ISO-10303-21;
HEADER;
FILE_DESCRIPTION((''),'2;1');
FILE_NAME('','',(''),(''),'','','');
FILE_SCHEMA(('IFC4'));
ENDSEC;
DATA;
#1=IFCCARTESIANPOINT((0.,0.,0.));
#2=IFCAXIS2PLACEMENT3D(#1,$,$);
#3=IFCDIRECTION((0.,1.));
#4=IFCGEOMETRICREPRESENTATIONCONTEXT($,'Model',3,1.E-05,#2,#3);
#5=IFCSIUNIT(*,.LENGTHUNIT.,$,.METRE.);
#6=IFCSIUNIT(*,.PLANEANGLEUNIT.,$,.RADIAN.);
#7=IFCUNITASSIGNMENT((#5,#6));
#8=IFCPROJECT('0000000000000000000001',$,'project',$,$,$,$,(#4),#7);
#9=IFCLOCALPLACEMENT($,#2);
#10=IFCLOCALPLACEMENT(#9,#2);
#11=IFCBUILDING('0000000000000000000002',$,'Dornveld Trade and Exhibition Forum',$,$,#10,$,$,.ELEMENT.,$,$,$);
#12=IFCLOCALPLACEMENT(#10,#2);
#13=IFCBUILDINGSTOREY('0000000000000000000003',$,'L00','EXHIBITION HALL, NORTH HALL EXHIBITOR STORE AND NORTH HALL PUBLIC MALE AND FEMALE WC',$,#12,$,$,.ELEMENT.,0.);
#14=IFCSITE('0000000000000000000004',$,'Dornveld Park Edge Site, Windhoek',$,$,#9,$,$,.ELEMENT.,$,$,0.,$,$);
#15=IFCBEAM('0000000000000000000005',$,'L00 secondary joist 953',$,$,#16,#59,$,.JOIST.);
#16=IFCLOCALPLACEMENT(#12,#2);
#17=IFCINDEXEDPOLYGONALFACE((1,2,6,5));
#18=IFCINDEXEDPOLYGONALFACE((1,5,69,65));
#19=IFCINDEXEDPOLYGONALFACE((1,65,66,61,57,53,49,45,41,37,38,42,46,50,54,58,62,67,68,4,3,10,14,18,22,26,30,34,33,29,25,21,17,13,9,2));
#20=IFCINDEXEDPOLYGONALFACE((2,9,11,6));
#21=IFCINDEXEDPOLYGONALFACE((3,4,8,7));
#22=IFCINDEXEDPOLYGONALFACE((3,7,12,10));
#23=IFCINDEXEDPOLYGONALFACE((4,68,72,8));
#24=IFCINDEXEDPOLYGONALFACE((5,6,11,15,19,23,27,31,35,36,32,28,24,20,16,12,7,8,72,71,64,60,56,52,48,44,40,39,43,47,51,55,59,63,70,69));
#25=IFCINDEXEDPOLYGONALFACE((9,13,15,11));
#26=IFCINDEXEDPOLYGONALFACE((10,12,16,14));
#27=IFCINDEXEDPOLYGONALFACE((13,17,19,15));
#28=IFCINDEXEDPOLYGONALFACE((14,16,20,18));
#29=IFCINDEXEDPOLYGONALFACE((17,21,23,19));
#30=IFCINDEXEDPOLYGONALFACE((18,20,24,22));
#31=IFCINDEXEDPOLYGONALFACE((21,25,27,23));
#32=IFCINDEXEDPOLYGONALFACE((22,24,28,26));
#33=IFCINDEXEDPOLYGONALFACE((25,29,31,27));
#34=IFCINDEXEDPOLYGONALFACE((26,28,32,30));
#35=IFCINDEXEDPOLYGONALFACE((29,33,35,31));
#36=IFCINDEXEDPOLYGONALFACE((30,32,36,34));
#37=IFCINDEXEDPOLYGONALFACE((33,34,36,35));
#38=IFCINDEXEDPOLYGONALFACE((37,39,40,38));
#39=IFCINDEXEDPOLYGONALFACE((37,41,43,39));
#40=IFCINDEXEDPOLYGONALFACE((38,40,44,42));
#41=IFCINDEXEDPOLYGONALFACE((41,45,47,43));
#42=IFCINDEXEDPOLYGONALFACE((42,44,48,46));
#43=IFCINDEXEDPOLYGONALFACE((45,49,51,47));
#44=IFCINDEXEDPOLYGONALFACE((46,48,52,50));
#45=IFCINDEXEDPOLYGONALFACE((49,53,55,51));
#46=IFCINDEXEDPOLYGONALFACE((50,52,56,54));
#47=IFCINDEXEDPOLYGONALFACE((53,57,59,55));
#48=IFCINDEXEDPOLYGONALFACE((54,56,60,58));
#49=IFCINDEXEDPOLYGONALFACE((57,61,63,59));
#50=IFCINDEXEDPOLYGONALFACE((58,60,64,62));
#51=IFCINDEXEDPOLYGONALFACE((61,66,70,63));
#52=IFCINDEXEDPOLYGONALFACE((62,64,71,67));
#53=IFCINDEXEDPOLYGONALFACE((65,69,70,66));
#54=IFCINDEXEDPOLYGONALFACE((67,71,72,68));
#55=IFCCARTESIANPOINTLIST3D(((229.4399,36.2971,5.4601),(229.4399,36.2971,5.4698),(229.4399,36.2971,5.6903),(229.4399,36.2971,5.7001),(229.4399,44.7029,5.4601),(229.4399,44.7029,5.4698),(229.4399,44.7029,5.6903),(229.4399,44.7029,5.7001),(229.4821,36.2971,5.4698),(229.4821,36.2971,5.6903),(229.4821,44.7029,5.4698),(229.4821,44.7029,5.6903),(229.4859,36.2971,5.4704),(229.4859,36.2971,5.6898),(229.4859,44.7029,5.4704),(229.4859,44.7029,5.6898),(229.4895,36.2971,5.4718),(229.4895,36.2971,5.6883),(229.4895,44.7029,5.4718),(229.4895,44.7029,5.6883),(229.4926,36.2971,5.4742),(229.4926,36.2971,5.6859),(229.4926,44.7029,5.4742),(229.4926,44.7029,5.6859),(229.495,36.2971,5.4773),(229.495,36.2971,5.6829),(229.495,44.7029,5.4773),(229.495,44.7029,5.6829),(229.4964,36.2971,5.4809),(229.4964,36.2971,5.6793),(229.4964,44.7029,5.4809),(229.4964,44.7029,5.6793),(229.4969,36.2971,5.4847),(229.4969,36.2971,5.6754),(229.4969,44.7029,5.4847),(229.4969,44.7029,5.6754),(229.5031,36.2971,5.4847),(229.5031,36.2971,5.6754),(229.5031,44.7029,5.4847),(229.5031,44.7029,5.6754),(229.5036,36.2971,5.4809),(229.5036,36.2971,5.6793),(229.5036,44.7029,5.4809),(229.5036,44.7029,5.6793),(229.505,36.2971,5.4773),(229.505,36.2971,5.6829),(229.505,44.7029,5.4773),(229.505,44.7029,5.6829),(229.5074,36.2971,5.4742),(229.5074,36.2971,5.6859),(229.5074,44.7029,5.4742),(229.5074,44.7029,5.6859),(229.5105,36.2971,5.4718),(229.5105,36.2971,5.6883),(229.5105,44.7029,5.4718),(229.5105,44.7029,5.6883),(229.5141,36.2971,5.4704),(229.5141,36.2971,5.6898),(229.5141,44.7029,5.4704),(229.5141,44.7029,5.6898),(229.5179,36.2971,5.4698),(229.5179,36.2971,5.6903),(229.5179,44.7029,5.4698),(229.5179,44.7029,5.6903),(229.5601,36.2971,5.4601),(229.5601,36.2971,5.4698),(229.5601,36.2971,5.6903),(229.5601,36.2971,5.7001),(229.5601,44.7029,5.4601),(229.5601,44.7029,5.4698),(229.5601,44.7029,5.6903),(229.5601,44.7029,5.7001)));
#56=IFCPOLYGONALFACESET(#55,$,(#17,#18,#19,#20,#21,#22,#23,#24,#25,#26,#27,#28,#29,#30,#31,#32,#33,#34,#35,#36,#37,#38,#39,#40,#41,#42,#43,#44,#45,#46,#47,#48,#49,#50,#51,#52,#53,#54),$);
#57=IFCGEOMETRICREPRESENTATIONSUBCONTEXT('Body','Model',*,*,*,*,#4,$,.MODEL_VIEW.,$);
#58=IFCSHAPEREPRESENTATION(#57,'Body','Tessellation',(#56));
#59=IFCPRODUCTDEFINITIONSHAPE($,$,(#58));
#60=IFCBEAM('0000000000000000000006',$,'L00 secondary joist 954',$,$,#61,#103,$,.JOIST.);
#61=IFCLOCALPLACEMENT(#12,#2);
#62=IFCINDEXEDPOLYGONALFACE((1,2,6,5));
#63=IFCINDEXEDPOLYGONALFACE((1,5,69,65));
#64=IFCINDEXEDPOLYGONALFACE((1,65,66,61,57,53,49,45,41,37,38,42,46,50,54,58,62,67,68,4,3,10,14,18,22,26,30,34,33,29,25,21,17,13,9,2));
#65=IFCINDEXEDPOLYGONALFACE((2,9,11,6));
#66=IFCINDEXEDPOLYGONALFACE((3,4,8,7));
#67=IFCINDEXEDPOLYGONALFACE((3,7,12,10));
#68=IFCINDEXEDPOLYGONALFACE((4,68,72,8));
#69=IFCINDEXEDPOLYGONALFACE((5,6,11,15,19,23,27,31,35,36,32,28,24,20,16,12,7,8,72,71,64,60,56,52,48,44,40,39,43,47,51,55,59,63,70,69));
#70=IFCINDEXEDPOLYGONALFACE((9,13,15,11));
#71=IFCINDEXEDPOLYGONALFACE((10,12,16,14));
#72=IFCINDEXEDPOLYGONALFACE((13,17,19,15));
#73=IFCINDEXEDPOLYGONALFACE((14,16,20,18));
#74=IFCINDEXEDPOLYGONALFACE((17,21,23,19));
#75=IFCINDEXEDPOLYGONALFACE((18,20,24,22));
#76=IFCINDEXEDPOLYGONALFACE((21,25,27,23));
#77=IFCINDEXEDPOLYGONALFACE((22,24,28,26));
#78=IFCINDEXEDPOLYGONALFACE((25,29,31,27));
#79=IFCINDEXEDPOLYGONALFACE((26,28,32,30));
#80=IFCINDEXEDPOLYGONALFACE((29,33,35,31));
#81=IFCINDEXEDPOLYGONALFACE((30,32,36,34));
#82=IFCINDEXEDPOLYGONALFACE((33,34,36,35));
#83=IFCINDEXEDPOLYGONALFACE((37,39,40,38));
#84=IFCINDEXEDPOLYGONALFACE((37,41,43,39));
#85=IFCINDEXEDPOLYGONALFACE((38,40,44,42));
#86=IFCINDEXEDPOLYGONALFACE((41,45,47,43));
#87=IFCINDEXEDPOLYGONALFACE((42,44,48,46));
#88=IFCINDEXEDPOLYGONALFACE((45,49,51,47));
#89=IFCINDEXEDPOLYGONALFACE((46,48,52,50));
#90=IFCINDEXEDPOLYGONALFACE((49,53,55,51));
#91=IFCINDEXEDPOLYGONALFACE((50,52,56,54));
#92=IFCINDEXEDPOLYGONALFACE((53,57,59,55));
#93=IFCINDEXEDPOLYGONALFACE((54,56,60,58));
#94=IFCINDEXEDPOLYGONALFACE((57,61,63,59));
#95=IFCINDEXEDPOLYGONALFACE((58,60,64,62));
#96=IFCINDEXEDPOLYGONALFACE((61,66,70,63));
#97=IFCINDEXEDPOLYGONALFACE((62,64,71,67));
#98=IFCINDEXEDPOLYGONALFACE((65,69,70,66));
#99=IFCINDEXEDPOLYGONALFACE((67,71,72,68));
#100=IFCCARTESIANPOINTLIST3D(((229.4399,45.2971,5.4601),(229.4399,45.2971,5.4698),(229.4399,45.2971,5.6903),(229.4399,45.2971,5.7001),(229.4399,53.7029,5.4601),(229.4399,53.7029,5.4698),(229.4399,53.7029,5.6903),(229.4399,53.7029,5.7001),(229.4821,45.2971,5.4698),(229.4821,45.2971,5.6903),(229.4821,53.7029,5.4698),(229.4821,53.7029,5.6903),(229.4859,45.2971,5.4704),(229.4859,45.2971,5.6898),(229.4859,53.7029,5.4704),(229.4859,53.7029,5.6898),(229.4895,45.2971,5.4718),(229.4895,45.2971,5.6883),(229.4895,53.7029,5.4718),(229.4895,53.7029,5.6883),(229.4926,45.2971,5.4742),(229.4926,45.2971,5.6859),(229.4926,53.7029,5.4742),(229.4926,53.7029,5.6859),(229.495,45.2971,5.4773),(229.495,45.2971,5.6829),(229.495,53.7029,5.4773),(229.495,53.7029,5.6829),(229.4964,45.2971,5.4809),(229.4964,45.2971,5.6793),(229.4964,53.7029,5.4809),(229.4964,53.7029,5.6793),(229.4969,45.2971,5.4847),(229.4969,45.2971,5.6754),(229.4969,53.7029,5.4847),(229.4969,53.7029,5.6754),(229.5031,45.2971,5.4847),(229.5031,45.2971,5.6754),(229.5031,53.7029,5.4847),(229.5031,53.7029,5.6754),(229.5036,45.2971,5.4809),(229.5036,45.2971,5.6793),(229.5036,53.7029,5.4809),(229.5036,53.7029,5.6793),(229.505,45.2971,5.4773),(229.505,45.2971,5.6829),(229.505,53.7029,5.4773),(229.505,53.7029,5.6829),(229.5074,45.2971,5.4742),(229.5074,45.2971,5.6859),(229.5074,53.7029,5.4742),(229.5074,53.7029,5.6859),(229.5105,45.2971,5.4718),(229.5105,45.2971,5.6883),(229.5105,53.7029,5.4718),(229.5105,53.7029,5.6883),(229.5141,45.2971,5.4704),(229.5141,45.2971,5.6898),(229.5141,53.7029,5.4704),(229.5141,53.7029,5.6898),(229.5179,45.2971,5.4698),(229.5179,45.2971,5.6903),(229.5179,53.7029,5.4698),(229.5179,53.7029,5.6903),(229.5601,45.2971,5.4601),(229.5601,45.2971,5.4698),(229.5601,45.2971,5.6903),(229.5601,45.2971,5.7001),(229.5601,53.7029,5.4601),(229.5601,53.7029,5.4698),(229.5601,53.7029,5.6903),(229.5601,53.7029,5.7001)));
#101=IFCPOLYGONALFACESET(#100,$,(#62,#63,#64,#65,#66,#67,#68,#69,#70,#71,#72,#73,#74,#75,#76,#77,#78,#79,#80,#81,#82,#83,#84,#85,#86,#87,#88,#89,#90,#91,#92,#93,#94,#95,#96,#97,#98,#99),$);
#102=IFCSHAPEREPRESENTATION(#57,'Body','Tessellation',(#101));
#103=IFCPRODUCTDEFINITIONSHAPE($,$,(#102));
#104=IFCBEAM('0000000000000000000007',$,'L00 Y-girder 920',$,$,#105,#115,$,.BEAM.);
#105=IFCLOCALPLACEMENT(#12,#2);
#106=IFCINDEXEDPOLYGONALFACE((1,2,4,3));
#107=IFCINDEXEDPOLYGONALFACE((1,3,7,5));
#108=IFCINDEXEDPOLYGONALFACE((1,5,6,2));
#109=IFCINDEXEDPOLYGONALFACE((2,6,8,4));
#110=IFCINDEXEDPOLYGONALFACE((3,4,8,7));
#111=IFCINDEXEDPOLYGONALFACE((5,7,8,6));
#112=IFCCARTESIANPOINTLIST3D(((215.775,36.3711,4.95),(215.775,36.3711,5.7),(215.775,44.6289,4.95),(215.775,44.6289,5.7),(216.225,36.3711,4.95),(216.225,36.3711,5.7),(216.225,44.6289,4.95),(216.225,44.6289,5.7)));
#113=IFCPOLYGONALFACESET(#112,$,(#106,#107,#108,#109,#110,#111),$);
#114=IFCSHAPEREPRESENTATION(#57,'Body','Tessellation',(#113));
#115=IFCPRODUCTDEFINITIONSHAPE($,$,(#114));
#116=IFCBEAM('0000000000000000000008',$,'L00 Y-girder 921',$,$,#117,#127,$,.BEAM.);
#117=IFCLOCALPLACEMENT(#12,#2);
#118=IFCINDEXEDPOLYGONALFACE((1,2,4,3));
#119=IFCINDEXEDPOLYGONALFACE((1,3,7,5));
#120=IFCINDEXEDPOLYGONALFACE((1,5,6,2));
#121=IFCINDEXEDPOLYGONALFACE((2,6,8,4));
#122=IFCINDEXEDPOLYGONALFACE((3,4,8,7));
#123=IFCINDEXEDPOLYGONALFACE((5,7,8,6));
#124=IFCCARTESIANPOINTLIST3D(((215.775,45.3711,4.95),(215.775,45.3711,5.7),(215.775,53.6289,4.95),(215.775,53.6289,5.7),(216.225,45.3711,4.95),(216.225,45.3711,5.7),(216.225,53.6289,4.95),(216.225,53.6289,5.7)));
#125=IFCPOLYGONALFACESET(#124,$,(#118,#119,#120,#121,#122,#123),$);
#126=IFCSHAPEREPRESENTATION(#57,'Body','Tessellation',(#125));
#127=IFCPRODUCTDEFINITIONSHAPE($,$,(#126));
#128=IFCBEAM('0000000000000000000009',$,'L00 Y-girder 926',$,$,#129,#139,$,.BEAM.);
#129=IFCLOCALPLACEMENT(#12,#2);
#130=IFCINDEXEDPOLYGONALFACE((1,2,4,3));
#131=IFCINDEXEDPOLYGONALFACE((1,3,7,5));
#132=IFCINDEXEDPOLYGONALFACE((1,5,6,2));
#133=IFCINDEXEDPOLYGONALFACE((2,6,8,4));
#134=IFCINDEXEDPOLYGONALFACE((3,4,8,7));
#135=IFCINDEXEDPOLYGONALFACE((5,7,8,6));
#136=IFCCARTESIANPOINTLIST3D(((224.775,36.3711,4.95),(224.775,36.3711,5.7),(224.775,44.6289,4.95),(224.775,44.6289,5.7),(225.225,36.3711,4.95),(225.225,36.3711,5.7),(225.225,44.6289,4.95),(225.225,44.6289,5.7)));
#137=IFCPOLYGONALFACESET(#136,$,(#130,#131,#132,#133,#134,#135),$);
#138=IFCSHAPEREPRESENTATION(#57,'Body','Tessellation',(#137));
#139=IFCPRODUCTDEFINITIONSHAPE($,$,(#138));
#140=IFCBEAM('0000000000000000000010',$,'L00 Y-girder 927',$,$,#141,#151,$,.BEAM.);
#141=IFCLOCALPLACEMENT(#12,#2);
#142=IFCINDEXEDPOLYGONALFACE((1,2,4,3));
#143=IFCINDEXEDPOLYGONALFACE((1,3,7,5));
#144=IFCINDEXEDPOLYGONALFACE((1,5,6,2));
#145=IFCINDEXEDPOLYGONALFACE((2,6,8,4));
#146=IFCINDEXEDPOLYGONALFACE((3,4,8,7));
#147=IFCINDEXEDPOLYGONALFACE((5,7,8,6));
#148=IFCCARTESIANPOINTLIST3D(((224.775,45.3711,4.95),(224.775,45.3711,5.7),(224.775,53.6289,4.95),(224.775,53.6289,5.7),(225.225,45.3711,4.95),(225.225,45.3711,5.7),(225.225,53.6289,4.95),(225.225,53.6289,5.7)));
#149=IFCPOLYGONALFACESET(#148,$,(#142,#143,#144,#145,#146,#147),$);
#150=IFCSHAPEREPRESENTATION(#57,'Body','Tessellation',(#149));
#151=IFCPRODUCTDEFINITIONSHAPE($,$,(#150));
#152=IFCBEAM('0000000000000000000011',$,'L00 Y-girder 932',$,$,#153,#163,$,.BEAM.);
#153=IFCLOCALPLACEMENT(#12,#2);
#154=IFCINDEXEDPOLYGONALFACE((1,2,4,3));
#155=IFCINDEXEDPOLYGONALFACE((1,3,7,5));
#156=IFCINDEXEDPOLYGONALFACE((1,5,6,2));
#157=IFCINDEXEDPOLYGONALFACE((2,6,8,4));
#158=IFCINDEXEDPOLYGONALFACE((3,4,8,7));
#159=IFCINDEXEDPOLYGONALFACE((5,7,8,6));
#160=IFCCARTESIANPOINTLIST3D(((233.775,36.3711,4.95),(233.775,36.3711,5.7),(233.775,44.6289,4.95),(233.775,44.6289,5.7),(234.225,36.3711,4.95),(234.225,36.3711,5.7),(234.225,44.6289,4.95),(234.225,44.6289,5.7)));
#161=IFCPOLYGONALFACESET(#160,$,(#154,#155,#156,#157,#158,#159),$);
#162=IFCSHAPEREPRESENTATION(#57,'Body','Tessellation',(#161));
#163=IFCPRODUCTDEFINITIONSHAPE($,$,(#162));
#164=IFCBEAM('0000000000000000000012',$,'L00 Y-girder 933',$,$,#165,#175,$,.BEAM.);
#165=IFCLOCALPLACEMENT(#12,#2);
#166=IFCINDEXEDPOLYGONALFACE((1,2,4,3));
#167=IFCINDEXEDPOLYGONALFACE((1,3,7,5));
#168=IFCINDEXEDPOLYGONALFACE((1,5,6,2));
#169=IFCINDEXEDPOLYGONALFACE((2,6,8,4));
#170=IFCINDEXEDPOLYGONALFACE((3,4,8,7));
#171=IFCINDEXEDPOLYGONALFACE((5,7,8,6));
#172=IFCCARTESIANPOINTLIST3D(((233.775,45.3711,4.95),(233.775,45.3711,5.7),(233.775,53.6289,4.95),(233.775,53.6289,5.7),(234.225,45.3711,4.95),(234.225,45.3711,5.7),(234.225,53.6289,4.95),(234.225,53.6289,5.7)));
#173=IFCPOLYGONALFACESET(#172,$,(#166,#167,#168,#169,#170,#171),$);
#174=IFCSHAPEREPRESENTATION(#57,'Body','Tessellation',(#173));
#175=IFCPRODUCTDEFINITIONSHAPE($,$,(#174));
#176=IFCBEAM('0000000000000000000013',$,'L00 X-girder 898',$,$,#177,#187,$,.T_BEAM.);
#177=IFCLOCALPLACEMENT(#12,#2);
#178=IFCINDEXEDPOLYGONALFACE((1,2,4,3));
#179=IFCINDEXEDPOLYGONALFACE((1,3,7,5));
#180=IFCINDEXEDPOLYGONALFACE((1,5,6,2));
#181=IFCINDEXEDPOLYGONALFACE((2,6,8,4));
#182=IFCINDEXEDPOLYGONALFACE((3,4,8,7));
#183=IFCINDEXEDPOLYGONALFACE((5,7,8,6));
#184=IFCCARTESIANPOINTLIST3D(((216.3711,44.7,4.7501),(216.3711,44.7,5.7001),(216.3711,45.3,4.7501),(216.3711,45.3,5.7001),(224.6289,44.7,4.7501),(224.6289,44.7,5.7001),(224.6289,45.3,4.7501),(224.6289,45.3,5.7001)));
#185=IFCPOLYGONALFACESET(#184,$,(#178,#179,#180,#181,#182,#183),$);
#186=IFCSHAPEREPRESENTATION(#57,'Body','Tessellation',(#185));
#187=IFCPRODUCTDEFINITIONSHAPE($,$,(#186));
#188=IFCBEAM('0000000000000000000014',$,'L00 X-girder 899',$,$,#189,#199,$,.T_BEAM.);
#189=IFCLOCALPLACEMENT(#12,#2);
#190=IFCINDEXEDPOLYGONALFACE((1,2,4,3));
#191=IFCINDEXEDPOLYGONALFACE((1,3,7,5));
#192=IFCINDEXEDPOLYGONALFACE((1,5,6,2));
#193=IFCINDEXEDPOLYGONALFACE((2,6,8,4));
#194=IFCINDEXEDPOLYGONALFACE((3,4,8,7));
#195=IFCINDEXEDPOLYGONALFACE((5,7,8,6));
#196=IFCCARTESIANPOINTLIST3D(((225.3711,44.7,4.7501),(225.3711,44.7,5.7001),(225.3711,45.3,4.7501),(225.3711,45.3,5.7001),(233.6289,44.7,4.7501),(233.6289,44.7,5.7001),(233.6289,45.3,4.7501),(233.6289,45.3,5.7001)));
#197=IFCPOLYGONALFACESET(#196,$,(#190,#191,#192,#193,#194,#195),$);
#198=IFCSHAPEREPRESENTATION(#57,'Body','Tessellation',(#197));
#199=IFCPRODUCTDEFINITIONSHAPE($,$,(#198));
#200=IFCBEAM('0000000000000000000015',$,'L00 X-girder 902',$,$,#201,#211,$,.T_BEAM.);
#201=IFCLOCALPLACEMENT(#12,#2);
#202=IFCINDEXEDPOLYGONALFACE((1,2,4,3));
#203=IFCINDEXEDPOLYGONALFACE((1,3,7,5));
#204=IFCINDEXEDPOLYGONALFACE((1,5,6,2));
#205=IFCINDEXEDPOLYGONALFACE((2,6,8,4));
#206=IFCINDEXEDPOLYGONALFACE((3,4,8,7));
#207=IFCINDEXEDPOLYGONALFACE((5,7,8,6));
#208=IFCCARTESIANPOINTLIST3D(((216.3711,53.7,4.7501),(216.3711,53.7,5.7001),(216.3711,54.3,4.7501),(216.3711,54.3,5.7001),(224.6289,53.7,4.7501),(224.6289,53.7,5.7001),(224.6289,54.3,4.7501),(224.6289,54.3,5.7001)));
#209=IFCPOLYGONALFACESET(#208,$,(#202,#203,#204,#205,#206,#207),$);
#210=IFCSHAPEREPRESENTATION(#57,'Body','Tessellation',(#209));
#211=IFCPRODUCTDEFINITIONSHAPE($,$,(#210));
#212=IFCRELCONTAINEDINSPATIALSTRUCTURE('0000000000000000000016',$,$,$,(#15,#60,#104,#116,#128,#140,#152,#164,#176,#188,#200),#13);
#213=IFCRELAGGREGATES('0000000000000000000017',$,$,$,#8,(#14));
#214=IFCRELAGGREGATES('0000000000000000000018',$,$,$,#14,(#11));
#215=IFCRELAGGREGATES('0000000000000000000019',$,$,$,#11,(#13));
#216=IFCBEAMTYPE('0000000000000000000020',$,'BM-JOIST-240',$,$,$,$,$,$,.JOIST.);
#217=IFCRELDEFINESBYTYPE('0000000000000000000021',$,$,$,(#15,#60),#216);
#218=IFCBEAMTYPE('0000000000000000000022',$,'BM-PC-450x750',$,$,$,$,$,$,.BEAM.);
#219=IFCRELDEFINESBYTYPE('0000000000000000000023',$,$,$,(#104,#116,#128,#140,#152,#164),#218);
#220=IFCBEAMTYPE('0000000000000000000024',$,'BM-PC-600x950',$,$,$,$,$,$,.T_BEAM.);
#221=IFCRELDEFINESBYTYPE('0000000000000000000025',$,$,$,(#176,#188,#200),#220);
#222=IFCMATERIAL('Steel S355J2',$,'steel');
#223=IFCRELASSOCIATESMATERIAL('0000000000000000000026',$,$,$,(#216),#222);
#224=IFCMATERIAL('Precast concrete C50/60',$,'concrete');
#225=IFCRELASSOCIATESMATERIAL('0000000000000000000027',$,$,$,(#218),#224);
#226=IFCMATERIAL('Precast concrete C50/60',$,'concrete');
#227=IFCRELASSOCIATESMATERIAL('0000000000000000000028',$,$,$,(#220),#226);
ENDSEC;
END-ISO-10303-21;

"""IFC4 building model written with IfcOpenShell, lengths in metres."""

from ifc_helpers import new_model, si_unit, direction, frame, origin, origin_2d, place, context, subcontext, project, spatial, rectangle, i_section, extrude, material, material_profile, profile_set, type_object, element, save


model = new_model("IFC4")

# Units and contexts
model_context = context("Model", 3, precision=1e-05, world=origin(), true_north=direction((0.0, 1.0)))
body_context = subcontext(model_context, "Body", "Model", "MODEL_VIEW")
ifc_project = project(units=[si_unit("LENGTHUNIT", "METRE"), si_unit("PLANEANGLEUNIT", "RADIAN")], contexts=[model_context])

# Site, building, storey
site_placement = place(None, origin())
site = spatial("IfcSite", under=ifc_project, at=site_placement, Name="Dornveld Park Edge Site, Windhoek", CompositionType="ELEMENT", RefElevation=0.0)
building_placement = place(site_placement, origin())
building = spatial("IfcBuilding", under=site, at=building_placement, Name="Dornveld Trade and Exhibition Forum", CompositionType="ELEMENT")
storey_placement = place(building_placement, origin())
storey = spatial("IfcBuildingStorey", under=building, at=storey_placement, Name="L00", Description="EXHIBITION HALL, NORTH HALL EXHIBITOR STORE AND NORTH HALL PUBLIC MALE AND FEMALE WC", CompositionType="ELEMENT", Elevation=0.0)

# Beams
ifc_material_1 = material(Name="Steel S355J2", Category="steel")
ifc_material_profile_1 = material_profile(ifc_material_1, i_section(OverallWidth=0.1201, OverallDepth=0.24, WebThickness=0.0061, FlangeThickness=0.0098, FilletRadius=0.0149, at=origin_2d()), Name="IPE 240")
ifc_profile_set_1 = profile_set([ifc_material_profile_1], Name="Steel S355J2")
beam_type_1 = type_object("IfcBeamType", Name="BM-JOIST-240", PredefinedType="JOIST", material=ifc_profile_set_1)
for number, where, z_axis, x_axis, name in (
    (1, (229.5, 36.2971, 5.5801), (0.0, 1.0, 0.0), (-1.0, 0.0, 0.0), "L00 secondary joist 953"),
    (2, (229.5, 45.2971, 5.5801), (0.0, 1.0, 0.0), (-1.0, 0.0, 0.0), "L00 secondary joist 954"),
):
    element("IfcBeam", number, at=place(storey_placement, frame(where, z_axis=z_axis, x_axis=x_axis)), inside=storey, type_object=beam_type_1, Name=name, PredefinedType="JOIST", context=body_context, shape_type="SweptSolid", body=[
        extrude(i_section(OverallWidth=0.1201, OverallDepth=0.24, WebThickness=0.0061, FlangeThickness=0.0098, FilletRadius=0.0149, at=origin_2d()), origin(), (0.0, 0.0, 1.0), 8.4058),
    ])
ifc_material_2 = material(Name="Precast concrete C50/60", Category="concrete")
ifc_material_profile_2 = material_profile(ifc_material_2, rectangle(XDim=0.45, YDim=0.75, at=origin_2d()), Name="PC-BM 450x750")
ifc_profile_set_2 = profile_set([ifc_material_profile_2], Name="Precast concrete C50/60")
beam_type_2 = type_object("IfcBeamType", Name="BM-PC-450x750", PredefinedType="BEAM", material=ifc_profile_set_2)
for number, where, z_axis, x_axis, name in (
    (3, (216.0, 36.3711, 5.325), (0.0, 1.0, 0.0), (-1.0, 0.0, 0.0), "L00 Y-girder 920"),
    (4, (216.0, 45.3711, 5.325), (0.0, 1.0, 0.0), (-1.0, 0.0, 0.0), "L00 Y-girder 921"),
    (5, (225.0, 36.3711, 5.325), (0.0, 1.0, 0.0), (-1.0, 0.0, 0.0), "L00 Y-girder 926"),
    (6, (225.0, 45.3711, 5.325), (0.0, 1.0, 0.0), (-1.0, 0.0, 0.0), "L00 Y-girder 927"),
    (7, (234.0, 36.3711, 5.325), (0.0, 1.0, 0.0), (-1.0, 0.0, 0.0), "L00 Y-girder 932"),
    (8, (234.0, 45.3711, 5.325), (0.0, 1.0, 0.0), (-1.0, 0.0, 0.0), "L00 Y-girder 933"),
):
    element("IfcBeam", number, at=place(storey_placement, frame(where, z_axis=z_axis, x_axis=x_axis)), inside=storey, type_object=beam_type_2, Name=name, PredefinedType="BEAM", context=body_context, shape_type="SweptSolid", body=[
        extrude(rectangle(XDim=0.45, YDim=0.75, at=origin_2d()), origin(), (0.0, 0.0, 1.0), 8.2578),
    ])
ifc_material_3 = material(Name="Precast concrete C50/60", Category="concrete")
ifc_material_profile_3 = material_profile(ifc_material_3, rectangle(XDim=0.6001, YDim=0.95, at=origin_2d()), Name="PC-GIR 600x950")
ifc_profile_set_3 = profile_set([ifc_material_profile_3], Name="Precast concrete C50/60")
beam_type_3 = type_object("IfcBeamType", Name="BM-PC-600x950", PredefinedType="T_BEAM", material=ifc_profile_set_3)
for number, where, z_axis, x_axis, name in (
    (9, (216.3711, 45.0, 5.2251), (1.0, 0.0, 0.0), (0.0, 1.0, 0.0), "L00 X-girder 898"),
    (10, (225.3711, 45.0, 5.2251), (1.0, 0.0, 0.0), (0.0, 1.0, 0.0), "L00 X-girder 899"),
    (11, (216.3711, 54.0, 5.2251), (1.0, 0.0, 0.0), (0.0, 1.0, 0.0), "L00 X-girder 902"),
):
    element("IfcBeam", number, at=place(storey_placement, frame(where, z_axis=z_axis, x_axis=x_axis)), inside=storey, type_object=beam_type_3, Name=name, PredefinedType="T_BEAM", context=body_context, shape_type="SweptSolid", body=[
        extrude(rectangle(XDim=0.6001, YDim=0.95, at=origin_2d()), origin(), (0.0, 0.0, 1.0), 8.2578),
    ])

save(model, "model.ifc")
